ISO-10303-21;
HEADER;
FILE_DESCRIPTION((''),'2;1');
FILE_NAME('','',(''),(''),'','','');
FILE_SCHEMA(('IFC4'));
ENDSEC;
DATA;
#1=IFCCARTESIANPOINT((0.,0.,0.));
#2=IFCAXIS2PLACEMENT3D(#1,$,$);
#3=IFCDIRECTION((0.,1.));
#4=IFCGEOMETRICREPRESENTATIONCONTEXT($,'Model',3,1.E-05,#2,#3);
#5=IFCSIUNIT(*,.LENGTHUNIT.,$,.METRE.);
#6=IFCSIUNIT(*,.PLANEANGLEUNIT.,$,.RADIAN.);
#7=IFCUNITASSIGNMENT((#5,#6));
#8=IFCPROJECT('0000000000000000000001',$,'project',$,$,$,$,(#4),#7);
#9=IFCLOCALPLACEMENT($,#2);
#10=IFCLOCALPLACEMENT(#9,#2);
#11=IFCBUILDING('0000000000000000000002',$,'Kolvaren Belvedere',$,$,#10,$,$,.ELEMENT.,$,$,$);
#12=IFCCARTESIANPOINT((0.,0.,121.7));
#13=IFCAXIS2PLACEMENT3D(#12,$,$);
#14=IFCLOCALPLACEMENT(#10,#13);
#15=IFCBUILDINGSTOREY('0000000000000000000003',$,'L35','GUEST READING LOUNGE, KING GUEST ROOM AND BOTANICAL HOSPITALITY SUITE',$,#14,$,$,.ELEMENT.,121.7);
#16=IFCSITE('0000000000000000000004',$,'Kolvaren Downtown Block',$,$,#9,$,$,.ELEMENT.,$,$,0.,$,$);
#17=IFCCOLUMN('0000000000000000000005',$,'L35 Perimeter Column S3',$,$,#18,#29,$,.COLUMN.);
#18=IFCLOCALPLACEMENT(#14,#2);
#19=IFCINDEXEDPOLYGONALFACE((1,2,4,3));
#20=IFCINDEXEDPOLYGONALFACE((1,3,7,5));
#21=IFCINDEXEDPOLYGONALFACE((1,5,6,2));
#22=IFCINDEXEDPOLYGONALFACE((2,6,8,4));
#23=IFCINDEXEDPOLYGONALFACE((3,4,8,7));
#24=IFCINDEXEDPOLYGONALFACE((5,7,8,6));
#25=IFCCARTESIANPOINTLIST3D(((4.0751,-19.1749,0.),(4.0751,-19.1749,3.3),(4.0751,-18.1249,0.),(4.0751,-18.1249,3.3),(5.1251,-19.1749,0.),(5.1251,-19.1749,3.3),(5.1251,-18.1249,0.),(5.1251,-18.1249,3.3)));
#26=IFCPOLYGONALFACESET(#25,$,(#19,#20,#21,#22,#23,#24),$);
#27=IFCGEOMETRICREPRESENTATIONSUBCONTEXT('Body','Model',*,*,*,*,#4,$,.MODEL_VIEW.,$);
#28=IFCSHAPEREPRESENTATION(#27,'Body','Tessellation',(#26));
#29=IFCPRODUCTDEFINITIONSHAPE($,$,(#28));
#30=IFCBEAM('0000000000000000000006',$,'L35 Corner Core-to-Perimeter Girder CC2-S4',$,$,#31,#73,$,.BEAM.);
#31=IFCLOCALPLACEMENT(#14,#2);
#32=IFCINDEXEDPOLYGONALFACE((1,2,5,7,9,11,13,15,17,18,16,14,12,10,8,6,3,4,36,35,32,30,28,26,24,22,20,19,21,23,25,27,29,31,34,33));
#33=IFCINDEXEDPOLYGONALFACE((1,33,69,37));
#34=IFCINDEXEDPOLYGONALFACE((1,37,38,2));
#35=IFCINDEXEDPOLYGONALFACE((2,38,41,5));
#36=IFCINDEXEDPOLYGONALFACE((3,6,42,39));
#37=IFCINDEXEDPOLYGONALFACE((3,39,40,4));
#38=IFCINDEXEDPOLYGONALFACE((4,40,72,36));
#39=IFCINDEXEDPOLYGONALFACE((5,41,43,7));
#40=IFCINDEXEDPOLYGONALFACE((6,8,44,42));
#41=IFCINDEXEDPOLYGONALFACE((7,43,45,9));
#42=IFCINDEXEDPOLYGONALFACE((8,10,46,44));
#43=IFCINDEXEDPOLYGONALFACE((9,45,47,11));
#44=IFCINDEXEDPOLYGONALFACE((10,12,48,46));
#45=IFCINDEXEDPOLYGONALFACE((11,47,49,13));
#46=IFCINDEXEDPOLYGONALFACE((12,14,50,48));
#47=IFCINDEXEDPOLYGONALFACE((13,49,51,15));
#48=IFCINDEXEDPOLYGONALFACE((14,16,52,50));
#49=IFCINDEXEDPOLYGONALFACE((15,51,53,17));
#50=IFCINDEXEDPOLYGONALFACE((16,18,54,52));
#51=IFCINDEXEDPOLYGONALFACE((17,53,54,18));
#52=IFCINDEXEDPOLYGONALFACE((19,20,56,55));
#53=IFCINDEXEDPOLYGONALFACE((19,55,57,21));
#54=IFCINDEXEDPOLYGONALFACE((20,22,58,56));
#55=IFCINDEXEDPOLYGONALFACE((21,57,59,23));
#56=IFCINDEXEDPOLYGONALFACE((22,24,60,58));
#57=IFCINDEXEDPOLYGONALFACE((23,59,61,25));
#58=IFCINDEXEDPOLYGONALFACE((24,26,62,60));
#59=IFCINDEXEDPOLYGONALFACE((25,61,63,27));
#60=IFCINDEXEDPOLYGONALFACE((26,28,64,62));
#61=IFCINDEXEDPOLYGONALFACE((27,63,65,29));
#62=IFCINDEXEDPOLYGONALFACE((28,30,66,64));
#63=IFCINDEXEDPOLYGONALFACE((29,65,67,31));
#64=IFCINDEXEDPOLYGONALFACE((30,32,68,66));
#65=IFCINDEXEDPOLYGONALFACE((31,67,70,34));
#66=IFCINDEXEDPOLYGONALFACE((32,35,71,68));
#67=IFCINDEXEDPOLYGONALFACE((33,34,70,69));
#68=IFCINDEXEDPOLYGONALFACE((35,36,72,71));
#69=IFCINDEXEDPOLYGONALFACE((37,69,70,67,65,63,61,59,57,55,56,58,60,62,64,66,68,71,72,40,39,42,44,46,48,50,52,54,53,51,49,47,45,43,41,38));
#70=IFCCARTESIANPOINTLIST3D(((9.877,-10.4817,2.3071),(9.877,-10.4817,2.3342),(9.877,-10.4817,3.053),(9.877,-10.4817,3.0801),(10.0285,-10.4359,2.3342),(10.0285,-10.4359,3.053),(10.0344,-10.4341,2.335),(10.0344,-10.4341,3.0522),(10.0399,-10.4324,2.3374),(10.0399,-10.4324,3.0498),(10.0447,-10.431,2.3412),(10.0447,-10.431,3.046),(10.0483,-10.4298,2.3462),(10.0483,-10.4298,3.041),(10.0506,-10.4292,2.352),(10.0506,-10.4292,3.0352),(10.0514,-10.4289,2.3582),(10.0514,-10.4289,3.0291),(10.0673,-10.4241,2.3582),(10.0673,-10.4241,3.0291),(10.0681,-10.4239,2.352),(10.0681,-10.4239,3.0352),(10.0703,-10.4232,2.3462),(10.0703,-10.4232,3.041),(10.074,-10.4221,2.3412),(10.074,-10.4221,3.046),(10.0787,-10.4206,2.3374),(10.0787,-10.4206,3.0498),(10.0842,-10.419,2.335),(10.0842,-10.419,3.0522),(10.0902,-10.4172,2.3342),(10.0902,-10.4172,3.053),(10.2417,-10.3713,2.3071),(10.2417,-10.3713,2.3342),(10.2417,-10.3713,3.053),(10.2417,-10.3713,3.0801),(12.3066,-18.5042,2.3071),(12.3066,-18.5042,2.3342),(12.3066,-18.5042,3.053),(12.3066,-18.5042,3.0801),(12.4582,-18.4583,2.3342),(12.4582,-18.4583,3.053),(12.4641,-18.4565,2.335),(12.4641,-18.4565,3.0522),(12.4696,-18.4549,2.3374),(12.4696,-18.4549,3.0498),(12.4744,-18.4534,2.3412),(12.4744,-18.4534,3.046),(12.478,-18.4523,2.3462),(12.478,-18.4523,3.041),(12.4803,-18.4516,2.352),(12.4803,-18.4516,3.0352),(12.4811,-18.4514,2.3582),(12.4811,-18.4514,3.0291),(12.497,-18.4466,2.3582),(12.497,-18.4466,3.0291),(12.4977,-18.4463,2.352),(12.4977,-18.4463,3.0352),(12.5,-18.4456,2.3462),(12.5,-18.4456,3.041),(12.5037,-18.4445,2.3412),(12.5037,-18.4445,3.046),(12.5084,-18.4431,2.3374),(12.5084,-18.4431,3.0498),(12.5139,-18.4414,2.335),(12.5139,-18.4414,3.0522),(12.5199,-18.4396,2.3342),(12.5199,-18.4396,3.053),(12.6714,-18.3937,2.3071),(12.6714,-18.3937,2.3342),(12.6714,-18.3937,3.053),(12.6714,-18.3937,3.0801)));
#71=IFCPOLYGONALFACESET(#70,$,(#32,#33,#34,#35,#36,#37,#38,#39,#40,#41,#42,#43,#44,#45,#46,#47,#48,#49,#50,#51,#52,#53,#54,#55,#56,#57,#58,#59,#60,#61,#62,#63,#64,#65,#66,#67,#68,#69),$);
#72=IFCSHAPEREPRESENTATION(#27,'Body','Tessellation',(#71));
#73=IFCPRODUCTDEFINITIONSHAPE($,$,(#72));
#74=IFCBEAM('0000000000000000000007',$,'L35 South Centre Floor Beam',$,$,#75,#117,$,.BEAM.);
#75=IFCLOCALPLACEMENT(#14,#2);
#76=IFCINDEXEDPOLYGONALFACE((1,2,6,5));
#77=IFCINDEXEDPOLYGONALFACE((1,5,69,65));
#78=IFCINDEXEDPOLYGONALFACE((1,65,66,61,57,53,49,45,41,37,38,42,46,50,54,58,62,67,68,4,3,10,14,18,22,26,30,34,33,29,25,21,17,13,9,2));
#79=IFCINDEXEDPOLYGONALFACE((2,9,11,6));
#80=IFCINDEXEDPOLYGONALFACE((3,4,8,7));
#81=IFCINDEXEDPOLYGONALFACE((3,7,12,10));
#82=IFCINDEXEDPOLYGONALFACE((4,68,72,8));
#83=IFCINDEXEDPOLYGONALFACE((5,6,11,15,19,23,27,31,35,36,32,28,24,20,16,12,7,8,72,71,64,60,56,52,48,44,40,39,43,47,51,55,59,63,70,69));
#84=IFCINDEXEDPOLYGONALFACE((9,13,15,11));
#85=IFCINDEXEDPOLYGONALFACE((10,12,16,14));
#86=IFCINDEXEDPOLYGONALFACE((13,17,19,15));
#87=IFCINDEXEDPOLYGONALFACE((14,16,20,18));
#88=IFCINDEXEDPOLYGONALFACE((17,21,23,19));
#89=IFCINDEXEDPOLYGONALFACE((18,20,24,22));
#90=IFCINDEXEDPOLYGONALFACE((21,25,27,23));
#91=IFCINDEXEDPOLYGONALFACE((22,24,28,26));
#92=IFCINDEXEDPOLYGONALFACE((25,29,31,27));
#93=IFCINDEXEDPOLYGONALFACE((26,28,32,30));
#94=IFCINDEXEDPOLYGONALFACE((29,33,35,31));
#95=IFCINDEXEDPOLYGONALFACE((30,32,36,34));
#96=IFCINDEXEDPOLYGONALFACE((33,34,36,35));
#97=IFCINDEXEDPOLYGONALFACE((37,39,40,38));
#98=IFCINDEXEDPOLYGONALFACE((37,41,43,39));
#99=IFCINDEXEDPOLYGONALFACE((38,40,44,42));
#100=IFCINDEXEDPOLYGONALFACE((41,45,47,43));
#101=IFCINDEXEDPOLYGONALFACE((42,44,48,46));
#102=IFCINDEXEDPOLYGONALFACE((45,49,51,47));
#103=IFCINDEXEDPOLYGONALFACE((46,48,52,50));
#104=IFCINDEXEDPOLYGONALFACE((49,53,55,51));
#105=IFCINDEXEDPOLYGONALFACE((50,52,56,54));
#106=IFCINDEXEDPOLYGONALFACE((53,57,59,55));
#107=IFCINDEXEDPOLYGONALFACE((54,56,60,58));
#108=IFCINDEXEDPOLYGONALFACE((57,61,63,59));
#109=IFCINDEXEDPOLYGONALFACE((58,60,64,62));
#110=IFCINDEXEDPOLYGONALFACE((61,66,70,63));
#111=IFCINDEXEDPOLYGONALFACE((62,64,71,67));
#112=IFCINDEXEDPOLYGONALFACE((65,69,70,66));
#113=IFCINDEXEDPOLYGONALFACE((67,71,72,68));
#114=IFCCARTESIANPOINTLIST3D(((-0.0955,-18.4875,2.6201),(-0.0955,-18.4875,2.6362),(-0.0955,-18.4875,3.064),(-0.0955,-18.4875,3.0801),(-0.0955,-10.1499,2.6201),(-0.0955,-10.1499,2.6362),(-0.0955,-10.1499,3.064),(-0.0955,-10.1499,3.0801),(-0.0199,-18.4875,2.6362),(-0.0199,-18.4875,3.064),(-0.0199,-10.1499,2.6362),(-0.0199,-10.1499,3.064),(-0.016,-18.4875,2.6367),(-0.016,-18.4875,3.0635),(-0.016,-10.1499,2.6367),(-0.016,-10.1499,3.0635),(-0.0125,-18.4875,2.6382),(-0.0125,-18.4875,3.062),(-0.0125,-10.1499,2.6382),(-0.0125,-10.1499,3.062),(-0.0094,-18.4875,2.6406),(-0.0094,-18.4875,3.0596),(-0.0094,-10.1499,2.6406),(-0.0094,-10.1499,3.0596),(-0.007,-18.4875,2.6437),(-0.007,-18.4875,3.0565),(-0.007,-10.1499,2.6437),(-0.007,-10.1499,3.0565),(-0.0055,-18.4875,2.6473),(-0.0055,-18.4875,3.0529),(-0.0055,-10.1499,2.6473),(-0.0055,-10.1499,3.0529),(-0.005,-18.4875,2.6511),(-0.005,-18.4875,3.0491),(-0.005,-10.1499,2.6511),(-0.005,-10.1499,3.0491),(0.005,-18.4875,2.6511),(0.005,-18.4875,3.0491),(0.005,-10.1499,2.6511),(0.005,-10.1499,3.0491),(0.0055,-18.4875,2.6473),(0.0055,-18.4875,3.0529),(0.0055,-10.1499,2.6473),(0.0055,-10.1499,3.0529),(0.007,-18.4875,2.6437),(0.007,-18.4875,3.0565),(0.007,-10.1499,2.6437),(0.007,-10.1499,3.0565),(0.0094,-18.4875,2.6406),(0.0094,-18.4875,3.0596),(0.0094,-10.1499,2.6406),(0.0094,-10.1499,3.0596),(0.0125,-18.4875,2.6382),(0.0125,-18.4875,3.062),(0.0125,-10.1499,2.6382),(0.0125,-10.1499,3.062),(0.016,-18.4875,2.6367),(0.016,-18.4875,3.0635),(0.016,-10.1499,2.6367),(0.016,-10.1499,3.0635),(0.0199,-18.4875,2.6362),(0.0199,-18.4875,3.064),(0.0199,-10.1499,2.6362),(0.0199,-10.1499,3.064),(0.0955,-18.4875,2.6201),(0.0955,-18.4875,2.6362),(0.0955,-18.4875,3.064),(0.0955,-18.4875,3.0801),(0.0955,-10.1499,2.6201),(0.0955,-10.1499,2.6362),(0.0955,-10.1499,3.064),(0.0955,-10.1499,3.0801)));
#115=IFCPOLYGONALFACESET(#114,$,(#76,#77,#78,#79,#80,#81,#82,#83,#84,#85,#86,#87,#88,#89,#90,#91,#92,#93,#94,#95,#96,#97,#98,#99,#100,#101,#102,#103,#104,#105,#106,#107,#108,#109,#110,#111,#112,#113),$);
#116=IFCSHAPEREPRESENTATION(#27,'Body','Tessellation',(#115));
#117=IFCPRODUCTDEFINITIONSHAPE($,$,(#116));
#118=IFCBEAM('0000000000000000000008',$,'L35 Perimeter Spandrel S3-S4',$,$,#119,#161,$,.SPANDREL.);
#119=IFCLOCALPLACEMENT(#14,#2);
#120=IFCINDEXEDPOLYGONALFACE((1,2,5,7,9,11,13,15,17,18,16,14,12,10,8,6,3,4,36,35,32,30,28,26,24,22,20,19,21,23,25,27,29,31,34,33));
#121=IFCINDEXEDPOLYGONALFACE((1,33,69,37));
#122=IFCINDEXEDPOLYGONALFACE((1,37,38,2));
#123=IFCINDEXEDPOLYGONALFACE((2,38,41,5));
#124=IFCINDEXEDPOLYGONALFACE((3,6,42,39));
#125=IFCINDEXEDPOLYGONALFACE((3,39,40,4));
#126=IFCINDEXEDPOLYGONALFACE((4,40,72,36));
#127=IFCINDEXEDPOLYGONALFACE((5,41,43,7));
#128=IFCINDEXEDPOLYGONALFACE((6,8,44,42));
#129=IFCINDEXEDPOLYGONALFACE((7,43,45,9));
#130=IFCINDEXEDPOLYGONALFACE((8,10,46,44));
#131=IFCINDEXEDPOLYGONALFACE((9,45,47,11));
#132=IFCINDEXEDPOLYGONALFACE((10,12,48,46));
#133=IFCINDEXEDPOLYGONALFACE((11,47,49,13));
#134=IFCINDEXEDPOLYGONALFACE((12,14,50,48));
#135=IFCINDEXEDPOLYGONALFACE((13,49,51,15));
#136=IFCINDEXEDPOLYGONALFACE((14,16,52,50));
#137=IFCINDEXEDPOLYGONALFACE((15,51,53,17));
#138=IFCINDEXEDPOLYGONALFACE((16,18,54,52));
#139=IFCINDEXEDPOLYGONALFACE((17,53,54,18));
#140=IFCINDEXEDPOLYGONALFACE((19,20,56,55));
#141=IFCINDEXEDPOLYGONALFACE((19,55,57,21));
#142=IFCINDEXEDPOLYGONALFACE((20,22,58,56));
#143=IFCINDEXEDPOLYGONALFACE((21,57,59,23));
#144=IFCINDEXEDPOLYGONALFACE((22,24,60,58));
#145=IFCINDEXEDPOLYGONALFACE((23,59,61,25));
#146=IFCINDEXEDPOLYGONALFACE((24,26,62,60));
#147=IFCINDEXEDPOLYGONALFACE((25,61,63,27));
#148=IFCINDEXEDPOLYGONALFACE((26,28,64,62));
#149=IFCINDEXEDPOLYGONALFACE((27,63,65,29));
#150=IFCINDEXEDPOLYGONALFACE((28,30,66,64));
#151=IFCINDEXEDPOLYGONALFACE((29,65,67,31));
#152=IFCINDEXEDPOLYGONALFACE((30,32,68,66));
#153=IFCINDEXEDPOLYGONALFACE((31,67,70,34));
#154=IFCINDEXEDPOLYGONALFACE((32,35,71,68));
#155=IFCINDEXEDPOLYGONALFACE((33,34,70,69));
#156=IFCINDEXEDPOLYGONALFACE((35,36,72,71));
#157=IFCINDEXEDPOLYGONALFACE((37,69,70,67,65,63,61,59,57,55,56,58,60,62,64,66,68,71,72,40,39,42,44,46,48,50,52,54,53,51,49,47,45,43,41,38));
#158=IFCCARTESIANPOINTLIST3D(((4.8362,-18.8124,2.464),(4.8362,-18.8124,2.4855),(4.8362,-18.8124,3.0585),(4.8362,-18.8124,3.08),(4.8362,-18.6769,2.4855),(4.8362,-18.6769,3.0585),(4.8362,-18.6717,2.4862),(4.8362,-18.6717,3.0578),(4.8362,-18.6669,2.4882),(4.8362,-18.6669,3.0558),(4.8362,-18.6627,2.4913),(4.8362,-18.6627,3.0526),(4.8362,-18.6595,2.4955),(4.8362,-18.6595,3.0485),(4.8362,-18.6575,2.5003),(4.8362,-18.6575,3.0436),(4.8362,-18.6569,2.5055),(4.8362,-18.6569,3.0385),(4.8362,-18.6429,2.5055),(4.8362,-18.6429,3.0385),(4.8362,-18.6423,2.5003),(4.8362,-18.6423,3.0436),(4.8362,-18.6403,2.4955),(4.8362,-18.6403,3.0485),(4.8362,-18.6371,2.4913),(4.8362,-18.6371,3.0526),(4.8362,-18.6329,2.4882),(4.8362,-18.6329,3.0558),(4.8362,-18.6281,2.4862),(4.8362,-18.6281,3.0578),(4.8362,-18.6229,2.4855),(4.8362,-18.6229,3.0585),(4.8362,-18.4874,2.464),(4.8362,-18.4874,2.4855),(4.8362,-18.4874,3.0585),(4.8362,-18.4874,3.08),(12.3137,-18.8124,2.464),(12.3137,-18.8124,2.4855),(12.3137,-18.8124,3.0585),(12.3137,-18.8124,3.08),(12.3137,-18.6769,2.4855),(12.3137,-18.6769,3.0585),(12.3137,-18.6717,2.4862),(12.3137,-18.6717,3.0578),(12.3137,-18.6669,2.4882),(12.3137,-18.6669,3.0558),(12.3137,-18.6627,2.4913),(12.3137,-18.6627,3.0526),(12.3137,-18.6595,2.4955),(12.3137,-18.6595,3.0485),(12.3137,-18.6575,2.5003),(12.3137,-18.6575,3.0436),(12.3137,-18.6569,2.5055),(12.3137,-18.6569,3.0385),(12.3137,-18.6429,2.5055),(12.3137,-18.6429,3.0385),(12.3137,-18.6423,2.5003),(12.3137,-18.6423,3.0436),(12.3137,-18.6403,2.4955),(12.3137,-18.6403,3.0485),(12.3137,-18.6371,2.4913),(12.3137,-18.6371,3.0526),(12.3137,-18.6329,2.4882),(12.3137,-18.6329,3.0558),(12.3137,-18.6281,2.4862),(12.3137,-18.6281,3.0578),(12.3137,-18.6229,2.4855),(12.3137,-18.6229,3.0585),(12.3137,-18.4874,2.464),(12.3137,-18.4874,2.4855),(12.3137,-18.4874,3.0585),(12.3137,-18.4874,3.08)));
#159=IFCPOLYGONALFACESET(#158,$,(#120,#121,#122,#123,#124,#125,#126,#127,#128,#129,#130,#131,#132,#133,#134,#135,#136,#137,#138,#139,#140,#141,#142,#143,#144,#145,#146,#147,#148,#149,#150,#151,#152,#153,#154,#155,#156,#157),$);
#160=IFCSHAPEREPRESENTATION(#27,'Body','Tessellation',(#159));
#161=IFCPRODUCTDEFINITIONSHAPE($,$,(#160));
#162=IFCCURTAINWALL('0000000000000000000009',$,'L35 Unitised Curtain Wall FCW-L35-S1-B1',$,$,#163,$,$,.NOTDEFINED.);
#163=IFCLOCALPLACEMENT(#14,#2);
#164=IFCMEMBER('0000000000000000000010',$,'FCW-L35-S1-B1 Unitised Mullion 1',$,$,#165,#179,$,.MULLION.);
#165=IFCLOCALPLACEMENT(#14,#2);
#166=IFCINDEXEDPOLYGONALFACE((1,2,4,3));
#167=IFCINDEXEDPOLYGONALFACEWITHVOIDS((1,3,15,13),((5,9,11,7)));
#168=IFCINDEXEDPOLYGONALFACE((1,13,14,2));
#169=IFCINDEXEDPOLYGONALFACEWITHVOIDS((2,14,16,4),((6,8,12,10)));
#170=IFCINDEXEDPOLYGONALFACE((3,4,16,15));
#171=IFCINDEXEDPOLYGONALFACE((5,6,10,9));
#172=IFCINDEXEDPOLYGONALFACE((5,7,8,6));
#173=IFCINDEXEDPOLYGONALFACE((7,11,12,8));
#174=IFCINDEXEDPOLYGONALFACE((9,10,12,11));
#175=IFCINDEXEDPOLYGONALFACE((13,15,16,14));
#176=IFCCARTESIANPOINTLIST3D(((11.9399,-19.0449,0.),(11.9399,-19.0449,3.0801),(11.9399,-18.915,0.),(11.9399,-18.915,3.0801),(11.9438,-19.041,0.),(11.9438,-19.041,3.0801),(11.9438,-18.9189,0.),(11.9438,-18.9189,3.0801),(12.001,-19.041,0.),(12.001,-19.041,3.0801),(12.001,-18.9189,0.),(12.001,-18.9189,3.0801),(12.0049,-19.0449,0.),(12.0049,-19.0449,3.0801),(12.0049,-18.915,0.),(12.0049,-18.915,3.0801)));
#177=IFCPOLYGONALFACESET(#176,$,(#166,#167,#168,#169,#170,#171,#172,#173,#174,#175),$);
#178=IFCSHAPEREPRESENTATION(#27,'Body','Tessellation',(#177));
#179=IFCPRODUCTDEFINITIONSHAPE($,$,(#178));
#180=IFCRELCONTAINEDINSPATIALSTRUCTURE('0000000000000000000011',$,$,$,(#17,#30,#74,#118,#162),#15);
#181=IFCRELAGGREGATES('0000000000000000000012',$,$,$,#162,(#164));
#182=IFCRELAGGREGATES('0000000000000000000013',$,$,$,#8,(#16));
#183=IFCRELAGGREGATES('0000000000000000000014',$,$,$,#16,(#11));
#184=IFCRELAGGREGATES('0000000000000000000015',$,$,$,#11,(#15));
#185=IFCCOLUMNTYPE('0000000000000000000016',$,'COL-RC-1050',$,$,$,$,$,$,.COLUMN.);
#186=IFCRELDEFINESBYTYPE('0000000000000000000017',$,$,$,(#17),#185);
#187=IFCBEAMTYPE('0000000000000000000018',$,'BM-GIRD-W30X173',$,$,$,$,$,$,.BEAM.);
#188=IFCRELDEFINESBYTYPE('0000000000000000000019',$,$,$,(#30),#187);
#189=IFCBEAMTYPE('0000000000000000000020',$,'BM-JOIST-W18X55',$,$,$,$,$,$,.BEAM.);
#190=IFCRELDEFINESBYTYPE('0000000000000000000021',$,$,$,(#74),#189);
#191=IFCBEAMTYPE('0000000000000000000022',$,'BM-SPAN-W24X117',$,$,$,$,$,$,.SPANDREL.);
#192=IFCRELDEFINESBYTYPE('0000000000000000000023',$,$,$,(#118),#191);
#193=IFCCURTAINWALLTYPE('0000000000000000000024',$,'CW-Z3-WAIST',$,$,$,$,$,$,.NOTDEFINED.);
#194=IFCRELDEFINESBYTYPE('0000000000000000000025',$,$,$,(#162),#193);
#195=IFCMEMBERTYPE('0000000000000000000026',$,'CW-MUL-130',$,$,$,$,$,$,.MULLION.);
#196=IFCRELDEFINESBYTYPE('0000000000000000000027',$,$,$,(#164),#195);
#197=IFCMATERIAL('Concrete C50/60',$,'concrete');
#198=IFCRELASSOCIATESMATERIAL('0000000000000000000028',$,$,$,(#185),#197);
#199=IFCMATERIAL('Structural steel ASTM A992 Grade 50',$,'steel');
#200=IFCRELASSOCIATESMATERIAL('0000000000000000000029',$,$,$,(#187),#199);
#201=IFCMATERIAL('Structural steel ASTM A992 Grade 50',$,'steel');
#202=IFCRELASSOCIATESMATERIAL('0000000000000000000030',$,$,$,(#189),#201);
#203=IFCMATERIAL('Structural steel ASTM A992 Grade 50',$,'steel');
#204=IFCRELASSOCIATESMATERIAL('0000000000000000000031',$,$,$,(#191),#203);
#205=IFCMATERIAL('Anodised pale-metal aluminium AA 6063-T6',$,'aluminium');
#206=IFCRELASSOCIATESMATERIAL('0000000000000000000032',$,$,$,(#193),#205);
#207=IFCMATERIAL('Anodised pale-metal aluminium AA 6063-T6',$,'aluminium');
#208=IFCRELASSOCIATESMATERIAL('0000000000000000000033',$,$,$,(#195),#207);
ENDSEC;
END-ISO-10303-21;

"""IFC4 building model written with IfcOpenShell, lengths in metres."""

from ifc_helpers import new_model, si_unit, direction, frame, origin, origin_2d, place, context, subcontext, project, spatial, rectangle, hollow_rectangle, i_section, extrude, material, material_profile, profile_set, type_object, element, aggregate, save


model = new_model("IFC4")

# Units and contexts
model_context = context("Model", 3, precision=1e-05, world=origin(), true_north=direction((0.0, 1.0)))
body_context = subcontext(model_context, "Body", "Model", "MODEL_VIEW")
ifc_project = project(units=[si_unit("LENGTHUNIT", "METRE"), si_unit("PLANEANGLEUNIT", "RADIAN")], contexts=[model_context])

# Site, building, storey
site_placement = place(None, origin())
site = spatial("IfcSite", under=ifc_project, at=site_placement, Name="Kolvaren Downtown Block", CompositionType="ELEMENT", RefElevation=0.0)
building_placement = place(site_placement, origin())
building = spatial("IfcBuilding", under=site, at=building_placement, Name="Kolvaren Belvedere", CompositionType="ELEMENT")
storey_placement = place(building_placement, frame((0.0, 0.0, 121.7)))
storey = spatial("IfcBuildingStorey", under=building, at=storey_placement, Name="L35", Description="GUEST READING LOUNGE, KING GUEST ROOM AND BOTANICAL HOSPITALITY SUITE", CompositionType="ELEMENT", Elevation=121.7)

# Column
ifc_material_1 = material(Name="Concrete C50/60", Category="concrete")
ifc_material_profile_1 = material_profile(ifc_material_1, rectangle(XDim=1.05, YDim=1.05, at=origin_2d()), Name="RC 1050X1050")
ifc_profile_set_1 = profile_set([ifc_material_profile_1], Name="Concrete C50/60")
column_type = type_object("IfcColumnType", Name="COL-RC-1050", PredefinedType="COLUMN", material=ifc_profile_set_1)
column_placement = place(storey_placement, frame((4.6001, -18.6499, 0.0), z_axis=(0.0, 0.0, 1.0), x_axis=(1.0, 0.0, 0.0)))
element("IfcColumn", 1, at=column_placement, inside=storey, type_object=column_type, Name="L35 Perimeter Column S3", PredefinedType="COLUMN", context=body_context, shape_type="SweptSolid", body=[
    extrude(rectangle(XDim=1.05, YDim=1.05, at=origin_2d()), origin(), (0.0, 0.0, 1.0), 3.3),
])

# Beams
ifc_material_2 = material(Name="Structural steel ASTM A992 Grade 50", Category="steel")
ifc_material_profile_2 = material_profile(ifc_material_2, i_section(OverallWidth=0.3811, OverallDepth=0.7729, WebThickness=0.0166, FlangeThickness=0.0271, FilletRadius=0.0239, at=origin_2d()), Name="W30X173")
ifc_profile_set_2 = profile_set([ifc_material_profile_2], Name="Structural steel ASTM A992 Grade 50")
beam_type_1 = type_object("IfcBeamType", Name="BM-GIRD-W30X173", PredefinedType="BEAM", material=ifc_profile_set_2)
beam_1_placement = place(storey_placement, frame((10.0593, -10.4265, 2.6936), z_axis=(0.289859, -0.957069, 0.0), x_axis=(0.957069, 0.289859, 0.0)))
element("IfcBeam", 2, at=beam_1_placement, inside=storey, type_object=beam_type_1, Name="L35 Corner Core-to-Perimeter Girder CC2-S4", PredefinedType="BEAM", context=body_context, shape_type="SweptSolid", body=[
    extrude(i_section(OverallWidth=0.3811, OverallDepth=0.7729, WebThickness=0.0166, FlangeThickness=0.0271, FilletRadius=0.0239, at=origin_2d()), origin(), (0.0, 0.0, 1.0), 8.3823),
])
ifc_material_3 = material(Name="Structural steel ASTM A992 Grade 50", Category="steel")
ifc_material_profile_3 = material_profile(ifc_material_3, i_section(OverallWidth=0.1909, OverallDepth=0.46, WebThickness=0.01, FlangeThickness=0.0161, FilletRadius=0.0149, at=origin_2d()), Name="W18X55")
ifc_profile_set_3 = profile_set([ifc_material_profile_3], Name="Structural steel ASTM A992 Grade 50")
beam_type_2 = type_object("IfcBeamType", Name="BM-JOIST-W18X55", PredefinedType="BEAM", material=ifc_profile_set_3)
beam_2_placement = place(storey_placement, frame((0.0, -10.1499, 2.8501), z_axis=(0.0, -1.0, 0.0), x_axis=(1.0, 0.0, 0.0)))
element("IfcBeam", 3, at=beam_2_placement, inside=storey, type_object=beam_type_2, Name="L35 South Centre Floor Beam", PredefinedType="BEAM", context=body_context, shape_type="SweptSolid", body=[
    extrude(i_section(OverallWidth=0.1909, OverallDepth=0.46, WebThickness=0.01, FlangeThickness=0.0161, FilletRadius=0.0149, at=origin_2d()), origin(), (0.0, 0.0, 1.0), 8.3376),
])
ifc_material_4 = material(Name="Structural steel ASTM A992 Grade 50", Category="steel")
ifc_material_profile_4 = material_profile(ifc_material_4, i_section(OverallWidth=0.325, OverallDepth=0.616, WebThickness=0.0139, FlangeThickness=0.0215, FilletRadius=0.02, at=origin_2d()), Name="W24X117")
ifc_profile_set_4 = profile_set([ifc_material_profile_4], Name="Structural steel ASTM A992 Grade 50")
beam_type_3 = type_object("IfcBeamType", Name="BM-SPAN-W24X117", PredefinedType="SPANDREL", material=ifc_profile_set_4)
beam_3_placement = place(storey_placement, frame((4.8362, -18.6499, 2.772), z_axis=(1.0, 0.0, 0.0), x_axis=(0.0, 1.0, 0.0)))
element("IfcBeam", 4, at=beam_3_placement, inside=storey, type_object=beam_type_3, Name="L35 Perimeter Spandrel S3-S4", PredefinedType="SPANDREL", context=body_context, shape_type="SweptSolid", body=[
    extrude(i_section(OverallWidth=0.325, OverallDepth=0.616, WebThickness=0.0139, FlangeThickness=0.0215, FilletRadius=0.02, at=origin_2d()), origin(), (0.0, 0.0, 1.0), 7.4775),
])

# Curtain wall, member
ifc_material_5 = material(Name="Anodised pale-metal aluminium AA 6063-T6", Category="aluminium")
curtain_wall_type = type_object("IfcCurtainWallType", Name="CW-Z3-WAIST", PredefinedType="NOTDEFINED", material=ifc_material_5)
curtain_wall_1_placement = place(storey_placement, origin())
curtain_wall_1 = element("IfcCurtainWall", 5, at=curtain_wall_1_placement, inside=storey, type_object=curtain_wall_type, Name="L35 Unitised Curtain Wall FCW-L35-S1-B1", PredefinedType="NOTDEFINED")
ifc_material_6 = material(Name="Anodised pale-metal aluminium AA 6063-T6", Category="aluminium")
ifc_material_profile_5 = material_profile(ifc_material_6, hollow_rectangle(XDim=0.0649, YDim=0.1299, WallThickness=0.0039, at=origin_2d()), Name="ALU-MUL-130X65")
ifc_profile_set_5 = profile_set([ifc_material_profile_5], Name="Anodised pale-metal aluminium AA 6063-T6")
member_type_1 = type_object("IfcMemberType", Name="CW-MUL-130", PredefinedType="MULLION", material=ifc_profile_set_5)
member_1_placement = place(storey_placement, frame((11.9724, -18.98, 0.0), z_axis=(0.0, 0.0, 1.0), x_axis=(1.0, 0.0, 0.0)))
member_1 = element("IfcMember", 6, at=member_1_placement, type_object=member_type_1, Name="FCW-L35-S1-B1 Unitised Mullion 1", PredefinedType="MULLION", context=body_context, shape_type="SweptSolid", body=[
    extrude(hollow_rectangle(XDim=0.0649, YDim=0.1299, WallThickness=0.0039, at=origin_2d()), origin(), (0.0, 0.0, 1.0), 3.0801),
])

aggregate(curtain_wall_1, [member_1])

save(model, "model.ifc")
